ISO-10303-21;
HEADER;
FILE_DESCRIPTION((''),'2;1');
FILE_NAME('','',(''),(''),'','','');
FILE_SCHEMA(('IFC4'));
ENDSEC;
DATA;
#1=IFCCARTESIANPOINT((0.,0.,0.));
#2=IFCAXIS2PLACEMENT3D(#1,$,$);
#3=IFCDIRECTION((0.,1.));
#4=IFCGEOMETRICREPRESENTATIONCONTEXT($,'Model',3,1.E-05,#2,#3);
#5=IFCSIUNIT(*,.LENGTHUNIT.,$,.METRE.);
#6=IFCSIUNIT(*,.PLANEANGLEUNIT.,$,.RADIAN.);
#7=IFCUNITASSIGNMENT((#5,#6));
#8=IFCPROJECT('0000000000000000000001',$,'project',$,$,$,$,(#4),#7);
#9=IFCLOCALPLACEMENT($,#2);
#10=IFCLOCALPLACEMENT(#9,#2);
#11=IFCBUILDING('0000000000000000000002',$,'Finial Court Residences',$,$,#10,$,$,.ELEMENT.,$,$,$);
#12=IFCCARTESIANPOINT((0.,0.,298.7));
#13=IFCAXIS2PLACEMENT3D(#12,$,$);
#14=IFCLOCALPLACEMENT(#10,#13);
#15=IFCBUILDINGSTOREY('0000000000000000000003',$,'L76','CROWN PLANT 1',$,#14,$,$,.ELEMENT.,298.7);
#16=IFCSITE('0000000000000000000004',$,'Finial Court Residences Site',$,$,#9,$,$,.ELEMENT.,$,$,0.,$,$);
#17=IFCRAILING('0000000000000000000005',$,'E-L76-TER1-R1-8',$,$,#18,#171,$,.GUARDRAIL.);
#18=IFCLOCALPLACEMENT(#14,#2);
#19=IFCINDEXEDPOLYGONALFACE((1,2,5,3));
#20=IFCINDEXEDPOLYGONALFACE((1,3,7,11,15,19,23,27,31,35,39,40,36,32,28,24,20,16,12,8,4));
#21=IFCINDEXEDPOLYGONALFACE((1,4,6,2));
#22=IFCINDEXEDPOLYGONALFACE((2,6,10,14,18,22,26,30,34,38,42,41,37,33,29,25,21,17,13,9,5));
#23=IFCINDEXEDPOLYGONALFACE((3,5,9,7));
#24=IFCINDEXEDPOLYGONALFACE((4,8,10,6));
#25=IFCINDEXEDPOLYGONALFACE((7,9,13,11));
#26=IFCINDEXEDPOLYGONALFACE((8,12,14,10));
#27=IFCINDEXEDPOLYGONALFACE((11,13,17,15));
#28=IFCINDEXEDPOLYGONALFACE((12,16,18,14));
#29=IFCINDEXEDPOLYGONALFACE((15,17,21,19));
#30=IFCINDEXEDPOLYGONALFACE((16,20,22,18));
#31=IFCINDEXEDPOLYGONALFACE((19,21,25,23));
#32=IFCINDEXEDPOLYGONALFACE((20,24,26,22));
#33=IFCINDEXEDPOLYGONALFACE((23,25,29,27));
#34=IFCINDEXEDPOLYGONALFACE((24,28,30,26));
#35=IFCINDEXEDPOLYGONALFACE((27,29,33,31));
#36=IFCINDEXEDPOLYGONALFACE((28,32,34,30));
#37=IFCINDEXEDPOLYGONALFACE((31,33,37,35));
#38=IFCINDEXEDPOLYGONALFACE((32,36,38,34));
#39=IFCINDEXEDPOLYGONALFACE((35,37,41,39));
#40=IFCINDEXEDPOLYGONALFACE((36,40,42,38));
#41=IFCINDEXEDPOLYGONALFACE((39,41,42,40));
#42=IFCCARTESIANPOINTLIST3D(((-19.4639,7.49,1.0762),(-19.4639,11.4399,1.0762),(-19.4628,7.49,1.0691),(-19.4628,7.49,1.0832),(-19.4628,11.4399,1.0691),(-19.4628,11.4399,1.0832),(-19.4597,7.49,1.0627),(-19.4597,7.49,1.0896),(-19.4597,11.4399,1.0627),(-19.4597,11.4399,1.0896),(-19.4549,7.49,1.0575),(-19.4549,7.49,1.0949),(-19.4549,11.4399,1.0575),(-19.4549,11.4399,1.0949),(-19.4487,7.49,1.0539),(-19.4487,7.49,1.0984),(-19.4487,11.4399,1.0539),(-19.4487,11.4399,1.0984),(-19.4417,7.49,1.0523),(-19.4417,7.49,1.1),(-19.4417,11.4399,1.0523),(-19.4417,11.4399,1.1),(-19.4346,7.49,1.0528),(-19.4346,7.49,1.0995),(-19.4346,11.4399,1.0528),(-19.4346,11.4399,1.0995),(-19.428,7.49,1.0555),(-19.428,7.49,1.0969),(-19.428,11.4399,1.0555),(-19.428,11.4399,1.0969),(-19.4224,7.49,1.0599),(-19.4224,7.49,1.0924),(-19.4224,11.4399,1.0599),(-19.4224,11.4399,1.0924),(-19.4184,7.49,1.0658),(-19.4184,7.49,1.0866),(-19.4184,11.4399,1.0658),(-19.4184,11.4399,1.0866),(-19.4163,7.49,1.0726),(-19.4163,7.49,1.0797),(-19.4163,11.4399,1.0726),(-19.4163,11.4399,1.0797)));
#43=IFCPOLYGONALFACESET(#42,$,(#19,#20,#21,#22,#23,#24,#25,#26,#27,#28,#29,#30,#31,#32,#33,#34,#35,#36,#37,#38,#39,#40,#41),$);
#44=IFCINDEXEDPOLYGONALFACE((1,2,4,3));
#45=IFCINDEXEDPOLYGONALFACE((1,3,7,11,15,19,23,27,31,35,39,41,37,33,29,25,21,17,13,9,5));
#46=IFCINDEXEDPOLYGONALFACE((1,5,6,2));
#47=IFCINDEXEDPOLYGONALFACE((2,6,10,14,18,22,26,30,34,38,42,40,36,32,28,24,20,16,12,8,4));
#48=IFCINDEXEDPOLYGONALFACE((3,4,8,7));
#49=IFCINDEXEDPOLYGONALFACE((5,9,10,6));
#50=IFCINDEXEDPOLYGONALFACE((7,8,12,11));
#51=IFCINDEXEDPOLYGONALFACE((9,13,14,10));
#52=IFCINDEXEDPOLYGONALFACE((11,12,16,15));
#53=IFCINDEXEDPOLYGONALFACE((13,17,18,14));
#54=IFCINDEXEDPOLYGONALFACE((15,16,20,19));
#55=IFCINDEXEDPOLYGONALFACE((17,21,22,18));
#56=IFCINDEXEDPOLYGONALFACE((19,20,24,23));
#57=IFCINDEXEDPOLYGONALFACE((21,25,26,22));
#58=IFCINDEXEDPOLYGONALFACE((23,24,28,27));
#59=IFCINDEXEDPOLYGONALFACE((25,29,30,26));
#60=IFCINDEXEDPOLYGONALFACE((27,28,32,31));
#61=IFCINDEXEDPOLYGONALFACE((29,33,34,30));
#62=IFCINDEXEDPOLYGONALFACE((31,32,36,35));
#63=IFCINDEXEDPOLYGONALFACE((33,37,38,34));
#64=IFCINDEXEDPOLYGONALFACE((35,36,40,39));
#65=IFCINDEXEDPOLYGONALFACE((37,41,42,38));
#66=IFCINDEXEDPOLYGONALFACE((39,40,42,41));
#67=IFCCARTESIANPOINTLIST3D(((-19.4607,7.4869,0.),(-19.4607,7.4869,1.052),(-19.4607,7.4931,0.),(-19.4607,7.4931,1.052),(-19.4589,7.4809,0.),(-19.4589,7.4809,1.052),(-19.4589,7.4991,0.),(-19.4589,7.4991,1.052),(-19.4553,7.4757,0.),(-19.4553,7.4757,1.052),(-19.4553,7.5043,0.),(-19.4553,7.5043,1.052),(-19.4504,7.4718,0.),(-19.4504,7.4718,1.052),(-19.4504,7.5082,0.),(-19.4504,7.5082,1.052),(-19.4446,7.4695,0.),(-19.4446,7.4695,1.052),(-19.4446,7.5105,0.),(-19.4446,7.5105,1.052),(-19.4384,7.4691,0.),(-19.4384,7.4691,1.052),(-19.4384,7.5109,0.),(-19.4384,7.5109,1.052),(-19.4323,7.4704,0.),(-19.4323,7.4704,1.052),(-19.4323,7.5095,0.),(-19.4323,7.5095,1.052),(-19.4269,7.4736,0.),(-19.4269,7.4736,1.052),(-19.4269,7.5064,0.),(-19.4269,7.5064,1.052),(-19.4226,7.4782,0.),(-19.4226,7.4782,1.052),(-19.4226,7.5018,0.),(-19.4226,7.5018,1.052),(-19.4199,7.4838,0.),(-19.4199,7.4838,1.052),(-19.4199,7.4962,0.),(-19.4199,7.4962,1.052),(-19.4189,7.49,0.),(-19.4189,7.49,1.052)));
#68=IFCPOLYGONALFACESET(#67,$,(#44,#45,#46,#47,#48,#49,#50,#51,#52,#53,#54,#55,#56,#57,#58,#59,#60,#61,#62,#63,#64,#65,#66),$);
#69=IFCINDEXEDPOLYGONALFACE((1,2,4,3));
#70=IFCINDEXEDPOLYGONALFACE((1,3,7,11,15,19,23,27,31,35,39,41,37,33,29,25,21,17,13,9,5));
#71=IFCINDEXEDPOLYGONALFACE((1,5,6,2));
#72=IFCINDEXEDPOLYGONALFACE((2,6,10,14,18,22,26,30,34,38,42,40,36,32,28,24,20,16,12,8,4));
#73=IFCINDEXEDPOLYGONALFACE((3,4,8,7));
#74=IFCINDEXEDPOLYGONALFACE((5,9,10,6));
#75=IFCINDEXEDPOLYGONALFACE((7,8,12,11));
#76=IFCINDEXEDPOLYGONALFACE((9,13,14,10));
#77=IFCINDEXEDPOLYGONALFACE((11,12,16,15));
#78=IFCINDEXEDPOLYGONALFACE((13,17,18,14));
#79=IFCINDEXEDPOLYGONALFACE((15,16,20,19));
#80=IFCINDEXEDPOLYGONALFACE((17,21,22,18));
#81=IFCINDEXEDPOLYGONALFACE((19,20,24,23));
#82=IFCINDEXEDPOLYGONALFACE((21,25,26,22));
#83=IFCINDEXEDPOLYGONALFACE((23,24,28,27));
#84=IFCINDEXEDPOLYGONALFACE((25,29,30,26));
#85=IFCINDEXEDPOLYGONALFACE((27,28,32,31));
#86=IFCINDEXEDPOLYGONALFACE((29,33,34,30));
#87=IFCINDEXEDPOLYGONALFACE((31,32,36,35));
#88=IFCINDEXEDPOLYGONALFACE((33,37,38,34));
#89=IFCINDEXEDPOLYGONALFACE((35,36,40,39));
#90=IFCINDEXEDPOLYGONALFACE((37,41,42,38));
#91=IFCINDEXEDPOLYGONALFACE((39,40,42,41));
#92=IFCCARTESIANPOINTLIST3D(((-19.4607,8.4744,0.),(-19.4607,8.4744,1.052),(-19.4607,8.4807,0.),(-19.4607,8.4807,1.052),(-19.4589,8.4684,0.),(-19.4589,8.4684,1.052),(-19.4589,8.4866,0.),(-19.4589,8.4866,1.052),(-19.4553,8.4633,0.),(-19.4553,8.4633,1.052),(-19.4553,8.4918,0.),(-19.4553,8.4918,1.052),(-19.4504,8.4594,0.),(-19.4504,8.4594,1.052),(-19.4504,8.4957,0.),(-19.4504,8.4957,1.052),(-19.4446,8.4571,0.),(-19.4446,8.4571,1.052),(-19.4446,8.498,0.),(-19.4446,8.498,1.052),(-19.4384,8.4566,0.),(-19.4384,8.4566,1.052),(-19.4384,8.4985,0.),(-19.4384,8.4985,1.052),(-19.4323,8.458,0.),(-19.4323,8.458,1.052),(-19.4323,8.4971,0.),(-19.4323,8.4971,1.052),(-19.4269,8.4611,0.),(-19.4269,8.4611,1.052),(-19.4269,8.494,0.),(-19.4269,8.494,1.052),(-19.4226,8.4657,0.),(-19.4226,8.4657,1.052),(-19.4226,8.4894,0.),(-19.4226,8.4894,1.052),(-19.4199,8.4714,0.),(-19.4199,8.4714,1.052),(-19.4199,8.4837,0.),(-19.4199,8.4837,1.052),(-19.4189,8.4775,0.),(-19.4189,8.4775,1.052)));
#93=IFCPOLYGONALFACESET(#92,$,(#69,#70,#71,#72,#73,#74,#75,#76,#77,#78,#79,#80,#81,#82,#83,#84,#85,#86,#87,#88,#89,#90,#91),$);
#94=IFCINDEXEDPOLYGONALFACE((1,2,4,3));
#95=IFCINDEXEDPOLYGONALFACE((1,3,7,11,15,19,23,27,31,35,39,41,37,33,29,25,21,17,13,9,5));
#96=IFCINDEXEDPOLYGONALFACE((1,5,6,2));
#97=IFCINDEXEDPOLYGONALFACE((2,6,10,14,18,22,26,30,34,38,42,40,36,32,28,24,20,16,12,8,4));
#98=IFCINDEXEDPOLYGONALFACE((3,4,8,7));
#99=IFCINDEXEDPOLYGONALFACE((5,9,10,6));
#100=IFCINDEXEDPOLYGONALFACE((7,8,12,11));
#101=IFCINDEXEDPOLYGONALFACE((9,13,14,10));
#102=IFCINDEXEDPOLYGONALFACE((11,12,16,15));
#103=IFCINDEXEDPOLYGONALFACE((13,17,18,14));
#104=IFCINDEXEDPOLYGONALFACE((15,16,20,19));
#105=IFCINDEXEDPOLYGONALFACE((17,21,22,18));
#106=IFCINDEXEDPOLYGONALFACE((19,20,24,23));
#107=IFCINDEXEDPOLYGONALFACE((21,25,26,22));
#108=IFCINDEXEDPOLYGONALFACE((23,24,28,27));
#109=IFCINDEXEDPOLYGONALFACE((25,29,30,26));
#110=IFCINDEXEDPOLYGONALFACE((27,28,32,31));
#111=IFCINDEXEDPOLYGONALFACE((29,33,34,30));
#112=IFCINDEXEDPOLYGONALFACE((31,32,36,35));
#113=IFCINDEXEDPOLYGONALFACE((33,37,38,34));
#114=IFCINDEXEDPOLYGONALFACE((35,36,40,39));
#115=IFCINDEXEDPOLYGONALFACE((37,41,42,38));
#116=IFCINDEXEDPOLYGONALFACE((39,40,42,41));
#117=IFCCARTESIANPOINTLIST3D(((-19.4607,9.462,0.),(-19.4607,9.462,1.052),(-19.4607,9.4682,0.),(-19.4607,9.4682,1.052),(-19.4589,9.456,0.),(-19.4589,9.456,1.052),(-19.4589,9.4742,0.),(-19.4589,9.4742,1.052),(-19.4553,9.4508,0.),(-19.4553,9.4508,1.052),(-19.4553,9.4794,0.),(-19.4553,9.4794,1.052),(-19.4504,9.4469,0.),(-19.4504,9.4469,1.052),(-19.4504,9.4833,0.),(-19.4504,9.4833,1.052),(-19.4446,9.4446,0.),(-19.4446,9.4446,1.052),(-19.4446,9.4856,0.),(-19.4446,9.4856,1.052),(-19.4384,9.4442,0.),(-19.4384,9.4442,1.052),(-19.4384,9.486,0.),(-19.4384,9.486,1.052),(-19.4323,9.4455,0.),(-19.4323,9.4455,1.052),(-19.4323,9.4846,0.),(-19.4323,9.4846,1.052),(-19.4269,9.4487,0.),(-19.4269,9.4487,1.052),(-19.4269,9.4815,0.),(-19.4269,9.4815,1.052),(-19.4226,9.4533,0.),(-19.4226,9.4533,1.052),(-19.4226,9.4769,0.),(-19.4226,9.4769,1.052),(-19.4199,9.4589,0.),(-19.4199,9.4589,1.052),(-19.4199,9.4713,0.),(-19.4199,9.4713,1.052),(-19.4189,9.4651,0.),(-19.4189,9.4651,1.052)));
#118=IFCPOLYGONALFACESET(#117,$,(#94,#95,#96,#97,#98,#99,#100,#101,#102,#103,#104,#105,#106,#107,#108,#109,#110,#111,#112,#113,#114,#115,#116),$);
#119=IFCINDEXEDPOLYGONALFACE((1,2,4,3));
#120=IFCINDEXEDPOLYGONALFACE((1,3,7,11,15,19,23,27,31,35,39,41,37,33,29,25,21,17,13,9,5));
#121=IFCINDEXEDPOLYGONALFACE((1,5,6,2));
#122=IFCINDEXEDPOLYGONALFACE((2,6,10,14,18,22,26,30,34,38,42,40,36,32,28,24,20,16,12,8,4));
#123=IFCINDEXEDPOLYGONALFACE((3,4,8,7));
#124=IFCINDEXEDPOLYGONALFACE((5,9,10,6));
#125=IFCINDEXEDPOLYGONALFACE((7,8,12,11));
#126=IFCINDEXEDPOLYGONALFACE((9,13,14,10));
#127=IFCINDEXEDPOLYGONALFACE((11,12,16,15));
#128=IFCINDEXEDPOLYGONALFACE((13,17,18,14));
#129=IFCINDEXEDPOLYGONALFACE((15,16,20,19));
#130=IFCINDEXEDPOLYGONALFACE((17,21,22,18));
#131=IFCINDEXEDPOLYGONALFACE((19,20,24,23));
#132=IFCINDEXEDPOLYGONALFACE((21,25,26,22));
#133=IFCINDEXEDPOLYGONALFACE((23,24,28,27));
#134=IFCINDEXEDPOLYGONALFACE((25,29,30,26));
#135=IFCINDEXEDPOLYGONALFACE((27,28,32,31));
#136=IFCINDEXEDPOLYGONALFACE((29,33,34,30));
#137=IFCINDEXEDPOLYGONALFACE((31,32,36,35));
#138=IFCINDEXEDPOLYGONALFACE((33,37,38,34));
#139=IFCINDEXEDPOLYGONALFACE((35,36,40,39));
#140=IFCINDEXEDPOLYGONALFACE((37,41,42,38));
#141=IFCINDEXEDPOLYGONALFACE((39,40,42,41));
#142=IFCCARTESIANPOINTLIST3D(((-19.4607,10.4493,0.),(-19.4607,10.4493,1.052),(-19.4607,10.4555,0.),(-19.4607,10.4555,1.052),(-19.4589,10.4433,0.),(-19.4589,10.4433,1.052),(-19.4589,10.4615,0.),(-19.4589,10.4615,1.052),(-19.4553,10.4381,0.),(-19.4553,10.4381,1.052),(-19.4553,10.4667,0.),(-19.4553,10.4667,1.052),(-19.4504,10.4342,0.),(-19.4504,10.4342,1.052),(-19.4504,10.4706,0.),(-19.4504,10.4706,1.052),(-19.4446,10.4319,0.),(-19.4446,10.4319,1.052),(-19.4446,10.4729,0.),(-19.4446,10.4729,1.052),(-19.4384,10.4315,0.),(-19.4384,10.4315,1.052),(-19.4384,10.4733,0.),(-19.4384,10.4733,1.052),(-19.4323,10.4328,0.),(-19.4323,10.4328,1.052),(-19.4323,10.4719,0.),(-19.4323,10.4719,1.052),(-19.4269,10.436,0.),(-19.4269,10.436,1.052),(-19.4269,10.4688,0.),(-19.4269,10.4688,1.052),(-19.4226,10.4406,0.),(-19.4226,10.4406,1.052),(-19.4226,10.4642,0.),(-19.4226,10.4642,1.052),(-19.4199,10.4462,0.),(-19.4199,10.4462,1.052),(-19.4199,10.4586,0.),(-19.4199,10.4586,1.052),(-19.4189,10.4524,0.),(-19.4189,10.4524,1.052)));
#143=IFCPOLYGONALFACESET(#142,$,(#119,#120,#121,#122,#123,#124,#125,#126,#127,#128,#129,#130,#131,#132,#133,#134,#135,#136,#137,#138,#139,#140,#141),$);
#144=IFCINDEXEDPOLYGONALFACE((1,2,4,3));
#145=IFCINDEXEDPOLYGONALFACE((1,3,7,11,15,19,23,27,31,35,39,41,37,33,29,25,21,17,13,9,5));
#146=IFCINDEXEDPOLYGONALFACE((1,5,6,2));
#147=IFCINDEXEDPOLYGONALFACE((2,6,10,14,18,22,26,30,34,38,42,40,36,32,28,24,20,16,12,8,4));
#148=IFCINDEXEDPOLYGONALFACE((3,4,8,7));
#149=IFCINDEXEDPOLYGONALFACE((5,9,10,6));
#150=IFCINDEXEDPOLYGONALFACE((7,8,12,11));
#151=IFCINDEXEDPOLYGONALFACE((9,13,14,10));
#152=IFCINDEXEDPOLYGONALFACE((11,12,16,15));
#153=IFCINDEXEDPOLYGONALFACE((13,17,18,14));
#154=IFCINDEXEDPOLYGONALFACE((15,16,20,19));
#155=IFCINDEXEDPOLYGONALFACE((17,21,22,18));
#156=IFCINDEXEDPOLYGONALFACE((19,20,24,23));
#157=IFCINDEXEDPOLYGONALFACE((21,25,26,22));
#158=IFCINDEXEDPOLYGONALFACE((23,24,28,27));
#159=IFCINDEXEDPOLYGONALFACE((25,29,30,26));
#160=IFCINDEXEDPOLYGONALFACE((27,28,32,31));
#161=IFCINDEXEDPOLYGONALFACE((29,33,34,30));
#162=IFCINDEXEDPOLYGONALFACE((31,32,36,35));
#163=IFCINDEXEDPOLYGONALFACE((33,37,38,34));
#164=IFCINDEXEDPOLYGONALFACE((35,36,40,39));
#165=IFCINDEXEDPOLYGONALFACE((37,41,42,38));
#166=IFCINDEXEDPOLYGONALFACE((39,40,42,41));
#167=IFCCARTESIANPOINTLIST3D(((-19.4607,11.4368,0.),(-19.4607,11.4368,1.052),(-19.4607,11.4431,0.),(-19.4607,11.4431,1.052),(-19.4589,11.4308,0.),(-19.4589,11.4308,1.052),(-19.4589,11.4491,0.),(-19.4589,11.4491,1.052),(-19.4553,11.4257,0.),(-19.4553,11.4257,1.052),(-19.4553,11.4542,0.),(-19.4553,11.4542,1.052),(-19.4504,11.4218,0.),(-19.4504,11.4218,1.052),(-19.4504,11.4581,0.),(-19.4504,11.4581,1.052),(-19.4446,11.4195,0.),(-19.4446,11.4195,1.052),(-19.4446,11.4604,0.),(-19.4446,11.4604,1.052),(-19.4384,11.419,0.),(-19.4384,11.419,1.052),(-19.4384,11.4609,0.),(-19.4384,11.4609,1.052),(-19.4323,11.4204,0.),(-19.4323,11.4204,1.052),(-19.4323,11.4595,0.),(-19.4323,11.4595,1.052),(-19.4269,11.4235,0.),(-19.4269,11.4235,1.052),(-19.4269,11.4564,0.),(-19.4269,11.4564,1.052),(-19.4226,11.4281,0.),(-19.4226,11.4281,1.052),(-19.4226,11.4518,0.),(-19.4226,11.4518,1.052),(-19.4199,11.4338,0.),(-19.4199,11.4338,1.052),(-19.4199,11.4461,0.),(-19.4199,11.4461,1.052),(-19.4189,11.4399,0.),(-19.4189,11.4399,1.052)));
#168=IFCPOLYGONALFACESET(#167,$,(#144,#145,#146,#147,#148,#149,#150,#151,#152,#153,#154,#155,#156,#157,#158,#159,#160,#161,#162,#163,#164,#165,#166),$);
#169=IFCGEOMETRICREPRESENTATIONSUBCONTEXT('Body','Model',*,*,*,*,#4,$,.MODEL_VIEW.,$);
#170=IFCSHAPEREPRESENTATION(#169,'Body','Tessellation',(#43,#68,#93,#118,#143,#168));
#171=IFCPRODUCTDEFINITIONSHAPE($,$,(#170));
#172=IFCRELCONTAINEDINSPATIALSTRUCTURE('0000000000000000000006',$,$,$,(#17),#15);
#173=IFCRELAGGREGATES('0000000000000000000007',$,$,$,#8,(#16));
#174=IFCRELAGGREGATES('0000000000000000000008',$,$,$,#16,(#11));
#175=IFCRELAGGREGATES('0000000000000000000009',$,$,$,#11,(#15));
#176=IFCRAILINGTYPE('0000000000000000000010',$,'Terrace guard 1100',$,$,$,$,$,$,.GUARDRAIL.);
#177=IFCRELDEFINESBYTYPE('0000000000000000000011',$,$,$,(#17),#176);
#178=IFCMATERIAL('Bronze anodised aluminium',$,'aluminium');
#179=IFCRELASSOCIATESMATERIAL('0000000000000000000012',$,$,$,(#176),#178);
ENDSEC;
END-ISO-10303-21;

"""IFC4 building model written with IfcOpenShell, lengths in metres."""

from ifc_helpers import new_model, si_unit, direction, frame, origin, origin_2d, place, context, subcontext, project, spatial, circle, extrude, material, type_object, element, save


model = new_model("IFC4")

# Units and contexts
model_context = context("Model", 3, precision=1e-05, world=origin(), true_north=direction((0.0, 1.0)))
body_context = subcontext(model_context, "Body", "Model", "MODEL_VIEW")
ifc_project = project(units=[si_unit("LENGTHUNIT", "METRE"), si_unit("PLANEANGLEUNIT", "RADIAN")], contexts=[model_context])

# Site, building, storey
site_placement = place(None, origin())
site = spatial("IfcSite", under=ifc_project, at=site_placement, Name="Finial Court Residences Site", CompositionType="ELEMENT", RefElevation=0.0)
building_placement = place(site_placement, origin())
building = spatial("IfcBuilding", under=site, at=building_placement, Name="Finial Court Residences", CompositionType="ELEMENT")
storey_placement = place(building_placement, frame((0.0, 0.0, 298.7)))
storey = spatial("IfcBuildingStorey", under=building, at=storey_placement, Name="L76", Description="CROWN PLANT 1", CompositionType="ELEMENT", Elevation=298.7)

# Shared definitions
ifc_material_1 = material(Name="Bronze anodised aluminium", Category="aluminium")

# Railing
railing_type = type_object("IfcRailingType", Name="Terrace guard 1100", PredefinedType="GUARDRAIL", material=ifc_material_1)
railing_1_placement = place(storey_placement, frame((-19.4399, 7.49, 0.0)))
element("IfcRailing", 1, at=railing_1_placement, inside=storey, type_object=railing_type, Name="E-L76-TER1-R1-8", PredefinedType="GUARDRAIL", context=body_context, shape_type="SweptSolid", body=[
    extrude(circle(Radius=0.0239, at=origin_2d()), frame((0.0, 0.0, 1.0762), z_axis=(0.0, 1.0, 0.0), x_axis=(-1.0, 0.0, 0.0)), (0.0, 0.0, 1.0), 3.95),
    extrude(circle(Radius=0.021, at=origin_2d()), origin(), (0.0, 0.0, 1.0), 1.052),
    extrude(circle(Radius=0.021, at=origin_2d()), frame((0.0, 0.9875, 0.0)), (0.0, 0.0, 1.0), 1.052),
    extrude(circle(Radius=0.021, at=origin_2d()), frame((0.0, 1.9751, 0.0)), (0.0, 0.0, 1.0), 1.052),
    extrude(circle(Radius=0.021, at=origin_2d()), frame((0.0, 2.9624, 0.0)), (0.0, 0.0, 1.0), 1.052),
    extrude(circle(Radius=0.021, at=origin_2d()), frame((0.0, 3.95, 0.0)), (0.0, 0.0, 1.0), 1.052),
])

save(model, "model.ifc")
